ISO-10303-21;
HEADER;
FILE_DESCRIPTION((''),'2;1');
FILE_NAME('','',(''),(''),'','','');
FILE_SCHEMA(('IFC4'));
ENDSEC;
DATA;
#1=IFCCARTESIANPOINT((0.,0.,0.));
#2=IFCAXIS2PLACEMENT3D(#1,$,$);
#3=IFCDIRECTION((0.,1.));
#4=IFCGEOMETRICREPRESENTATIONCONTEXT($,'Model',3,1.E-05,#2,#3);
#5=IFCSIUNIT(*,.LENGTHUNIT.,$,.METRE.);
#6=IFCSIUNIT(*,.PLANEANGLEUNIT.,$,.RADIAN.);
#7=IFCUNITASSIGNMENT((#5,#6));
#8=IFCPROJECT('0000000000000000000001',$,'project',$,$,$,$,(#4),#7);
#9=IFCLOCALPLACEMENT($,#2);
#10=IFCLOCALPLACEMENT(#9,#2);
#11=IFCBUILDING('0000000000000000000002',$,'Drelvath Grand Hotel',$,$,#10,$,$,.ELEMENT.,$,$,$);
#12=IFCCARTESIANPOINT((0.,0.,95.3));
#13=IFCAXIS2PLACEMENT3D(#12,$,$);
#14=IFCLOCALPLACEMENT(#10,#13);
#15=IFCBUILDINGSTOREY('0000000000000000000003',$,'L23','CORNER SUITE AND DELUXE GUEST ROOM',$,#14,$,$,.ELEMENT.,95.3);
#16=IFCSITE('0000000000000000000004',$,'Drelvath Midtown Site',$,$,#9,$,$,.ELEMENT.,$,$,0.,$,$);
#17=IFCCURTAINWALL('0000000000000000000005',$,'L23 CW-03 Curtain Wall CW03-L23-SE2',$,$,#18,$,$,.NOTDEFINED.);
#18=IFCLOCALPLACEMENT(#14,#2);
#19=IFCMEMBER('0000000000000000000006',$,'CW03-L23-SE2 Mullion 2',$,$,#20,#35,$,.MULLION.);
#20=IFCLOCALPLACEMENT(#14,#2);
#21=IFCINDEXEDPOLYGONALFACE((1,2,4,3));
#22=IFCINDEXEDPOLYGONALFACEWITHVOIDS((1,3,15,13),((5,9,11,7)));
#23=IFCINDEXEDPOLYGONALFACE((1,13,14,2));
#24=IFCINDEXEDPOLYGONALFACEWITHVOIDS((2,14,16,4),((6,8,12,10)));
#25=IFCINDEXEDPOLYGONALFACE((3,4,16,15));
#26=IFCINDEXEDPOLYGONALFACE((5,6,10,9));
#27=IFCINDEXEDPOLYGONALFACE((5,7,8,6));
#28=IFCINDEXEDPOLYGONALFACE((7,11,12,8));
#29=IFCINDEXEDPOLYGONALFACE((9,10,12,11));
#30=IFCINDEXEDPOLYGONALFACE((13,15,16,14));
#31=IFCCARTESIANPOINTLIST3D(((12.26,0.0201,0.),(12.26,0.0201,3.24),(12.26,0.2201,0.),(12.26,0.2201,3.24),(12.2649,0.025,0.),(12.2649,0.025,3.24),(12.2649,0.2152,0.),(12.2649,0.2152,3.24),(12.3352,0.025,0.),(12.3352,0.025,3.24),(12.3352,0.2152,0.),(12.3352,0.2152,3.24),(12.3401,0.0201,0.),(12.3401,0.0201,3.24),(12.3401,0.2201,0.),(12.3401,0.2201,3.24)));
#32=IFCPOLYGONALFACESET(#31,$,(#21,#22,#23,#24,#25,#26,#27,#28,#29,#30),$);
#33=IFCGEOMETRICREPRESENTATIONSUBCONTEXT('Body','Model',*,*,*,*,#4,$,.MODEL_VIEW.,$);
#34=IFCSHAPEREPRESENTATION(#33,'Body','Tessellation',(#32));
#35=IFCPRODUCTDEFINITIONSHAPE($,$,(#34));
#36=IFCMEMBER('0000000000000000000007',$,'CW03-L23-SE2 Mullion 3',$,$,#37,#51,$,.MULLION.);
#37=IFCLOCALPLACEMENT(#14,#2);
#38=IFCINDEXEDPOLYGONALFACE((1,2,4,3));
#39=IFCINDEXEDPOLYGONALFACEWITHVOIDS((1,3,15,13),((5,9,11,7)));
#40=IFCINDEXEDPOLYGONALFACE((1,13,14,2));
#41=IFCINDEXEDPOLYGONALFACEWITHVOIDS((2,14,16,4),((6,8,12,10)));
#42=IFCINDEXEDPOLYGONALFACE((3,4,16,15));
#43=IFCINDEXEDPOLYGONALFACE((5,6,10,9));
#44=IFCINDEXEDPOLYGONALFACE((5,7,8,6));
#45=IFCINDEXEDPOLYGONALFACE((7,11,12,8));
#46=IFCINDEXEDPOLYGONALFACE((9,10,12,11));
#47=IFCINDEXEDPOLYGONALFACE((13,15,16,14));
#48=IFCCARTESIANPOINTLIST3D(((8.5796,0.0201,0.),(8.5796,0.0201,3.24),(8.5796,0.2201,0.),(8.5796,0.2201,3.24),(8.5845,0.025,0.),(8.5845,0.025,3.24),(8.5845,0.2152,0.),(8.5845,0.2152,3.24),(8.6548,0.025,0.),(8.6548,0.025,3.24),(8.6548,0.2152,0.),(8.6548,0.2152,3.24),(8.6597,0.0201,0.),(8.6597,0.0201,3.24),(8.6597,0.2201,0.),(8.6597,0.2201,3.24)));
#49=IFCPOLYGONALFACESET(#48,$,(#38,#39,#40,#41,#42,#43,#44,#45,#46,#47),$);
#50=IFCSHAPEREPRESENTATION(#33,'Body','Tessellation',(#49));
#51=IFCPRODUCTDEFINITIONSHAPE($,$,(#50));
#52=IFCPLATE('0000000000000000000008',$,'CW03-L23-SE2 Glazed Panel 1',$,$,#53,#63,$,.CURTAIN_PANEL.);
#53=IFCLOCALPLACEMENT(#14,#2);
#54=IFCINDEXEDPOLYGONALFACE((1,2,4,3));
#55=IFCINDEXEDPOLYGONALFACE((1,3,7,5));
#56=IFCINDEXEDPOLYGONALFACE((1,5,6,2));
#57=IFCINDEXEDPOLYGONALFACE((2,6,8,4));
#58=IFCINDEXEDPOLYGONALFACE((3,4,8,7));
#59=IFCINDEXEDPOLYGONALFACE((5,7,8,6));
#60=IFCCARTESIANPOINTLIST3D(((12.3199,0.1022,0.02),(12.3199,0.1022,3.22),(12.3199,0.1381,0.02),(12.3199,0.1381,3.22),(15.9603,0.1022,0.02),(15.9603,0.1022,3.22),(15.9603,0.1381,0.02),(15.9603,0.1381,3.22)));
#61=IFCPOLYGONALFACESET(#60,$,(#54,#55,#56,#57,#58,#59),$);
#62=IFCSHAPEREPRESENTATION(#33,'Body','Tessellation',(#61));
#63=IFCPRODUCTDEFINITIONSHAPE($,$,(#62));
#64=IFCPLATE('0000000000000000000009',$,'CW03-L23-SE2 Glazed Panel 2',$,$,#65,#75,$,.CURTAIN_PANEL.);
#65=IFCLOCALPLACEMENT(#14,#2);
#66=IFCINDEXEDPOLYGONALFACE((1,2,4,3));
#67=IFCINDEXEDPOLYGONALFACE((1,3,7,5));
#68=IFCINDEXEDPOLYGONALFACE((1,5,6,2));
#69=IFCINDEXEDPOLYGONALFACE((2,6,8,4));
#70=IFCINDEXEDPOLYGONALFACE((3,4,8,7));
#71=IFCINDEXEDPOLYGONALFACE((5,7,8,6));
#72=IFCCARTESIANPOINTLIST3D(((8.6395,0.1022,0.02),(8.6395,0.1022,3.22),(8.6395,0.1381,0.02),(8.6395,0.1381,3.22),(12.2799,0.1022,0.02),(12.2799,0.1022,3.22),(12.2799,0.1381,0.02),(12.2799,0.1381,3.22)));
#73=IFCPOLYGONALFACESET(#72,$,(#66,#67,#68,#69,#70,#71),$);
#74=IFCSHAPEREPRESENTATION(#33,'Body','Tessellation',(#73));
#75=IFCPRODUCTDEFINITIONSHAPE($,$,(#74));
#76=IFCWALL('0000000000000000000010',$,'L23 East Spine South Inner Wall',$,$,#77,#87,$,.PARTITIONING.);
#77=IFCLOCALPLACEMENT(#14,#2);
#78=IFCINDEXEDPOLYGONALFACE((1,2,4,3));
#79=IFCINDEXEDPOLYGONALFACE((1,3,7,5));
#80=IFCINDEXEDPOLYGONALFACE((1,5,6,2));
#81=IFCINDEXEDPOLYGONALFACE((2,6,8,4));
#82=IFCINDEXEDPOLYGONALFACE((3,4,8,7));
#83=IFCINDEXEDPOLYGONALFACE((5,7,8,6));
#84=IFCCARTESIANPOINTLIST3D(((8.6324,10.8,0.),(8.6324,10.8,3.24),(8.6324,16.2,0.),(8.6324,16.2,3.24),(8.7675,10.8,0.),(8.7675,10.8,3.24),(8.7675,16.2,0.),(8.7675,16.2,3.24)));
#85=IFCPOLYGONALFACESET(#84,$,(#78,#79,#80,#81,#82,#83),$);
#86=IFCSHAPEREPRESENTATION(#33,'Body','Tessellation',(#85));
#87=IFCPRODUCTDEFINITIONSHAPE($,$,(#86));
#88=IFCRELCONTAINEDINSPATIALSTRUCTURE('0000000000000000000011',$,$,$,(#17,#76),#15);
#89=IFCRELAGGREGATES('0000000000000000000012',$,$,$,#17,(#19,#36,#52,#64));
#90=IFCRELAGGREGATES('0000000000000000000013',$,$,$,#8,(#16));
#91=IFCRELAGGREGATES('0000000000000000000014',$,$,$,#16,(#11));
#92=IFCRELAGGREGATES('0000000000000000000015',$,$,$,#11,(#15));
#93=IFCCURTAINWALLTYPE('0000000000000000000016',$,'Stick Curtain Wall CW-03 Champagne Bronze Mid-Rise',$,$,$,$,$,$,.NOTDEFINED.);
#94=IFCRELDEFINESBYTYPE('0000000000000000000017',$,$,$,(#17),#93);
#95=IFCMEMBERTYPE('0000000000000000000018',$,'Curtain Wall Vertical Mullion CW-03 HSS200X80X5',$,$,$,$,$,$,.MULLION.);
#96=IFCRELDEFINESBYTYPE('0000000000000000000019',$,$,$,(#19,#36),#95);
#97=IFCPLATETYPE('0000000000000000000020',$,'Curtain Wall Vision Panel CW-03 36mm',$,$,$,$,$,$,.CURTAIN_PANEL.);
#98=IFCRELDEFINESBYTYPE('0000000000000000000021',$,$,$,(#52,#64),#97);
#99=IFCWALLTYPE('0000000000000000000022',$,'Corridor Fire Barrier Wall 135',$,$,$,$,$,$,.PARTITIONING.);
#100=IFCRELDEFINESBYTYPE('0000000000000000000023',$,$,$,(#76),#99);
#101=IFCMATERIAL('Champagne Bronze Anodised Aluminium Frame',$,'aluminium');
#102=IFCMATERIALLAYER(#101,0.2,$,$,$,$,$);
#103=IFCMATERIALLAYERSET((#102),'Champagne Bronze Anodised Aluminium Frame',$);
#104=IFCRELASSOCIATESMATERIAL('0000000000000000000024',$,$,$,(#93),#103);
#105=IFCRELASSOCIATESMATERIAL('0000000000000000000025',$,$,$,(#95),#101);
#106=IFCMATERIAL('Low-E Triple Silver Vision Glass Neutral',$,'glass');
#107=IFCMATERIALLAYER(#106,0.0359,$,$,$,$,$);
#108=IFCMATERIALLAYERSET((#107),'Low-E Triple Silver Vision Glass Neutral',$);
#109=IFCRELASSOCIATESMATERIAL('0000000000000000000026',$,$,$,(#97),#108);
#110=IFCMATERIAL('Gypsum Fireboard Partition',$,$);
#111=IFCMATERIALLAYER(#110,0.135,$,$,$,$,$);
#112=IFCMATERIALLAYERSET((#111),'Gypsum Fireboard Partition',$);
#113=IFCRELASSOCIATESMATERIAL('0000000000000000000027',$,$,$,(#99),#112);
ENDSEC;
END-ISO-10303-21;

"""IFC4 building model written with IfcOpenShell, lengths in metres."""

from ifc_helpers import new_model, si_unit, direction, frame, frame_2d, origin, origin_2d, place, context, subcontext, project, spatial, rectangle, hollow_rectangle, extrude, material, layer, layer_set, material_profile, profile_set, type_object, element, aggregate, save


model = new_model("IFC4")

# Units and contexts
model_context = context("Model", 3, precision=1e-05, world=origin(), true_north=direction((0.0, 1.0)))
body_context = subcontext(model_context, "Body", "Model", "MODEL_VIEW")
ifc_project = project(units=[si_unit("LENGTHUNIT", "METRE"), si_unit("PLANEANGLEUNIT", "RADIAN")], contexts=[model_context])

# Site, building, storey
site_placement = place(None, origin())
site = spatial("IfcSite", under=ifc_project, at=site_placement, Name="Drelvath Midtown Site", CompositionType="ELEMENT", RefElevation=0.0)
building_placement = place(site_placement, origin())
building = spatial("IfcBuilding", under=site, at=building_placement, Name="Drelvath Grand Hotel", CompositionType="ELEMENT")
storey_placement = place(building_placement, frame((0.0, 0.0, 95.3)))
storey = spatial("IfcBuildingStorey", under=building, at=storey_placement, Name="L23", Description="CORNER SUITE AND DELUXE GUEST ROOM", CompositionType="ELEMENT", Elevation=95.3)

# Curtain wall, members, plates
ifc_material_1 = material(Name="Champagne Bronze Anodised Aluminium Frame", Category="aluminium")
ifc_layer_1 = layer(ifc_material_1, 0.2)
ifc_layer_set_1 = layer_set([ifc_layer_1], Name="Champagne Bronze Anodised Aluminium Frame")
curtain_wall_type = type_object("IfcCurtainWallType", Name="Stick Curtain Wall CW-03 Champagne Bronze Mid-Rise", PredefinedType="NOTDEFINED", material=ifc_layer_set_1)
curtain_wall_placement = place(storey_placement, origin())
curtain_wall = element("IfcCurtainWall", 1, at=curtain_wall_placement, inside=storey, type_object=curtain_wall_type, Name="L23 CW-03 Curtain Wall CW03-L23-SE2", PredefinedType="NOTDEFINED")
ifc_material_profile = material_profile(ifc_material_1, hollow_rectangle(XDim=0.0801, YDim=0.2, WallThickness=0.0049, at=origin_2d()), Name="HSS200X80X5")
ifc_profile_set = profile_set([ifc_material_profile], Name="Champagne Bronze Anodised Aluminium Frame")
member_type = type_object("IfcMemberType", Name="Curtain Wall Vertical Mullion CW-03 HSS200X80X5", PredefinedType="MULLION", material=ifc_profile_set)
member_1_placement = place(storey_placement, frame((12.3, 0.1201, 0.0), z_axis=(0.0, 0.0, 1.0), x_axis=(1.0, 0.0, 0.0)))
member_1 = element("IfcMember", 2, at=member_1_placement, type_object=member_type, Name="CW03-L23-SE2 Mullion 2", PredefinedType="MULLION", context=body_context, shape_type="SweptSolid", body=[
    extrude(hollow_rectangle(XDim=0.0801, YDim=0.2, WallThickness=0.0049, at=origin_2d()), origin(), (0.0, 0.0, 1.0), 3.24),
])
member_2_placement = place(storey_placement, frame((8.6196, 0.1201, 0.0), z_axis=(0.0, 0.0, 1.0), x_axis=(1.0, 0.0, 0.0)))
member_2 = element("IfcMember", 3, at=member_2_placement, type_object=member_type, Name="CW03-L23-SE2 Mullion 3", PredefinedType="MULLION", context=body_context, shape_type="SweptSolid", body=[
    extrude(hollow_rectangle(XDim=0.0801, YDim=0.2, WallThickness=0.0049, at=origin_2d()), origin(), (0.0, 0.0, 1.0), 3.24),
])
ifc_material_2 = material(Name="Low-E Triple Silver Vision Glass Neutral", Category="glass")
ifc_layer_2 = layer(ifc_material_2, 0.0359)
ifc_layer_set_2 = layer_set([ifc_layer_2], Name="Low-E Triple Silver Vision Glass Neutral")
plate_type = type_object("IfcPlateType", Name="Curtain Wall Vision Panel CW-03 36mm", PredefinedType="CURTAIN_PANEL", material=ifc_layer_set_2)
plate_1_placement = place(storey_placement, frame((14.1401, 0.1201, 0.02), z_axis=(0.0, 0.0, 1.0), x_axis=(-1.0, 0.0, 0.0)))
plate_1 = element("IfcPlate", 4, at=plate_1_placement, type_object=plate_type, Name="CW03-L23-SE2 Glazed Panel 1", PredefinedType="CURTAIN_PANEL", context=body_context, shape_type="SweptSolid", body=[
    extrude(rectangle(XDim=3.6404, YDim=0.0359, at=origin_2d()), origin(), (0.0, 0.0, 1.0), 3.2),
])
plate_2_placement = place(storey_placement, frame((10.4597, 0.1201, 0.02), z_axis=(0.0, 0.0, 1.0), x_axis=(-1.0, 0.0, 0.0)))
plate_2 = element("IfcPlate", 5, at=plate_2_placement, type_object=plate_type, Name="CW03-L23-SE2 Glazed Panel 2", PredefinedType="CURTAIN_PANEL", context=body_context, shape_type="SweptSolid", body=[
    extrude(rectangle(XDim=3.6404, YDim=0.0359, at=origin_2d()), origin(), (0.0, 0.0, 1.0), 3.2),
])
aggregate(curtain_wall, [member_1, member_2, plate_1, plate_2])

# Wall
ifc_material_3 = material(Name="Gypsum Fireboard Partition")
ifc_layer_3 = layer(ifc_material_3, 0.135)
ifc_layer_set_3 = layer_set([ifc_layer_3], Name="Gypsum Fireboard Partition")
wall_type_1 = type_object("IfcWallType", Name="Corridor Fire Barrier Wall 135", PredefinedType="PARTITIONING", material=ifc_layer_set_3)
wall_1_placement = place(storey_placement, frame((8.7, 10.8, 0.0), z_axis=(0.0, 0.0, 1.0), x_axis=(0.0, 1.0, 0.0)))
element("IfcWall", 6, at=wall_1_placement, inside=storey, type_object=wall_type_1, Name="L23 East Spine South Inner Wall", PredefinedType="PARTITIONING", context=body_context, shape_type="SweptSolid", body=[
    extrude(rectangle(XDim=5.3999, YDim=0.135, at=frame_2d((2.7, 0.0))), origin(), (0.0, 0.0, 1.0), 3.24),
])

save(model, "model.ifc")
